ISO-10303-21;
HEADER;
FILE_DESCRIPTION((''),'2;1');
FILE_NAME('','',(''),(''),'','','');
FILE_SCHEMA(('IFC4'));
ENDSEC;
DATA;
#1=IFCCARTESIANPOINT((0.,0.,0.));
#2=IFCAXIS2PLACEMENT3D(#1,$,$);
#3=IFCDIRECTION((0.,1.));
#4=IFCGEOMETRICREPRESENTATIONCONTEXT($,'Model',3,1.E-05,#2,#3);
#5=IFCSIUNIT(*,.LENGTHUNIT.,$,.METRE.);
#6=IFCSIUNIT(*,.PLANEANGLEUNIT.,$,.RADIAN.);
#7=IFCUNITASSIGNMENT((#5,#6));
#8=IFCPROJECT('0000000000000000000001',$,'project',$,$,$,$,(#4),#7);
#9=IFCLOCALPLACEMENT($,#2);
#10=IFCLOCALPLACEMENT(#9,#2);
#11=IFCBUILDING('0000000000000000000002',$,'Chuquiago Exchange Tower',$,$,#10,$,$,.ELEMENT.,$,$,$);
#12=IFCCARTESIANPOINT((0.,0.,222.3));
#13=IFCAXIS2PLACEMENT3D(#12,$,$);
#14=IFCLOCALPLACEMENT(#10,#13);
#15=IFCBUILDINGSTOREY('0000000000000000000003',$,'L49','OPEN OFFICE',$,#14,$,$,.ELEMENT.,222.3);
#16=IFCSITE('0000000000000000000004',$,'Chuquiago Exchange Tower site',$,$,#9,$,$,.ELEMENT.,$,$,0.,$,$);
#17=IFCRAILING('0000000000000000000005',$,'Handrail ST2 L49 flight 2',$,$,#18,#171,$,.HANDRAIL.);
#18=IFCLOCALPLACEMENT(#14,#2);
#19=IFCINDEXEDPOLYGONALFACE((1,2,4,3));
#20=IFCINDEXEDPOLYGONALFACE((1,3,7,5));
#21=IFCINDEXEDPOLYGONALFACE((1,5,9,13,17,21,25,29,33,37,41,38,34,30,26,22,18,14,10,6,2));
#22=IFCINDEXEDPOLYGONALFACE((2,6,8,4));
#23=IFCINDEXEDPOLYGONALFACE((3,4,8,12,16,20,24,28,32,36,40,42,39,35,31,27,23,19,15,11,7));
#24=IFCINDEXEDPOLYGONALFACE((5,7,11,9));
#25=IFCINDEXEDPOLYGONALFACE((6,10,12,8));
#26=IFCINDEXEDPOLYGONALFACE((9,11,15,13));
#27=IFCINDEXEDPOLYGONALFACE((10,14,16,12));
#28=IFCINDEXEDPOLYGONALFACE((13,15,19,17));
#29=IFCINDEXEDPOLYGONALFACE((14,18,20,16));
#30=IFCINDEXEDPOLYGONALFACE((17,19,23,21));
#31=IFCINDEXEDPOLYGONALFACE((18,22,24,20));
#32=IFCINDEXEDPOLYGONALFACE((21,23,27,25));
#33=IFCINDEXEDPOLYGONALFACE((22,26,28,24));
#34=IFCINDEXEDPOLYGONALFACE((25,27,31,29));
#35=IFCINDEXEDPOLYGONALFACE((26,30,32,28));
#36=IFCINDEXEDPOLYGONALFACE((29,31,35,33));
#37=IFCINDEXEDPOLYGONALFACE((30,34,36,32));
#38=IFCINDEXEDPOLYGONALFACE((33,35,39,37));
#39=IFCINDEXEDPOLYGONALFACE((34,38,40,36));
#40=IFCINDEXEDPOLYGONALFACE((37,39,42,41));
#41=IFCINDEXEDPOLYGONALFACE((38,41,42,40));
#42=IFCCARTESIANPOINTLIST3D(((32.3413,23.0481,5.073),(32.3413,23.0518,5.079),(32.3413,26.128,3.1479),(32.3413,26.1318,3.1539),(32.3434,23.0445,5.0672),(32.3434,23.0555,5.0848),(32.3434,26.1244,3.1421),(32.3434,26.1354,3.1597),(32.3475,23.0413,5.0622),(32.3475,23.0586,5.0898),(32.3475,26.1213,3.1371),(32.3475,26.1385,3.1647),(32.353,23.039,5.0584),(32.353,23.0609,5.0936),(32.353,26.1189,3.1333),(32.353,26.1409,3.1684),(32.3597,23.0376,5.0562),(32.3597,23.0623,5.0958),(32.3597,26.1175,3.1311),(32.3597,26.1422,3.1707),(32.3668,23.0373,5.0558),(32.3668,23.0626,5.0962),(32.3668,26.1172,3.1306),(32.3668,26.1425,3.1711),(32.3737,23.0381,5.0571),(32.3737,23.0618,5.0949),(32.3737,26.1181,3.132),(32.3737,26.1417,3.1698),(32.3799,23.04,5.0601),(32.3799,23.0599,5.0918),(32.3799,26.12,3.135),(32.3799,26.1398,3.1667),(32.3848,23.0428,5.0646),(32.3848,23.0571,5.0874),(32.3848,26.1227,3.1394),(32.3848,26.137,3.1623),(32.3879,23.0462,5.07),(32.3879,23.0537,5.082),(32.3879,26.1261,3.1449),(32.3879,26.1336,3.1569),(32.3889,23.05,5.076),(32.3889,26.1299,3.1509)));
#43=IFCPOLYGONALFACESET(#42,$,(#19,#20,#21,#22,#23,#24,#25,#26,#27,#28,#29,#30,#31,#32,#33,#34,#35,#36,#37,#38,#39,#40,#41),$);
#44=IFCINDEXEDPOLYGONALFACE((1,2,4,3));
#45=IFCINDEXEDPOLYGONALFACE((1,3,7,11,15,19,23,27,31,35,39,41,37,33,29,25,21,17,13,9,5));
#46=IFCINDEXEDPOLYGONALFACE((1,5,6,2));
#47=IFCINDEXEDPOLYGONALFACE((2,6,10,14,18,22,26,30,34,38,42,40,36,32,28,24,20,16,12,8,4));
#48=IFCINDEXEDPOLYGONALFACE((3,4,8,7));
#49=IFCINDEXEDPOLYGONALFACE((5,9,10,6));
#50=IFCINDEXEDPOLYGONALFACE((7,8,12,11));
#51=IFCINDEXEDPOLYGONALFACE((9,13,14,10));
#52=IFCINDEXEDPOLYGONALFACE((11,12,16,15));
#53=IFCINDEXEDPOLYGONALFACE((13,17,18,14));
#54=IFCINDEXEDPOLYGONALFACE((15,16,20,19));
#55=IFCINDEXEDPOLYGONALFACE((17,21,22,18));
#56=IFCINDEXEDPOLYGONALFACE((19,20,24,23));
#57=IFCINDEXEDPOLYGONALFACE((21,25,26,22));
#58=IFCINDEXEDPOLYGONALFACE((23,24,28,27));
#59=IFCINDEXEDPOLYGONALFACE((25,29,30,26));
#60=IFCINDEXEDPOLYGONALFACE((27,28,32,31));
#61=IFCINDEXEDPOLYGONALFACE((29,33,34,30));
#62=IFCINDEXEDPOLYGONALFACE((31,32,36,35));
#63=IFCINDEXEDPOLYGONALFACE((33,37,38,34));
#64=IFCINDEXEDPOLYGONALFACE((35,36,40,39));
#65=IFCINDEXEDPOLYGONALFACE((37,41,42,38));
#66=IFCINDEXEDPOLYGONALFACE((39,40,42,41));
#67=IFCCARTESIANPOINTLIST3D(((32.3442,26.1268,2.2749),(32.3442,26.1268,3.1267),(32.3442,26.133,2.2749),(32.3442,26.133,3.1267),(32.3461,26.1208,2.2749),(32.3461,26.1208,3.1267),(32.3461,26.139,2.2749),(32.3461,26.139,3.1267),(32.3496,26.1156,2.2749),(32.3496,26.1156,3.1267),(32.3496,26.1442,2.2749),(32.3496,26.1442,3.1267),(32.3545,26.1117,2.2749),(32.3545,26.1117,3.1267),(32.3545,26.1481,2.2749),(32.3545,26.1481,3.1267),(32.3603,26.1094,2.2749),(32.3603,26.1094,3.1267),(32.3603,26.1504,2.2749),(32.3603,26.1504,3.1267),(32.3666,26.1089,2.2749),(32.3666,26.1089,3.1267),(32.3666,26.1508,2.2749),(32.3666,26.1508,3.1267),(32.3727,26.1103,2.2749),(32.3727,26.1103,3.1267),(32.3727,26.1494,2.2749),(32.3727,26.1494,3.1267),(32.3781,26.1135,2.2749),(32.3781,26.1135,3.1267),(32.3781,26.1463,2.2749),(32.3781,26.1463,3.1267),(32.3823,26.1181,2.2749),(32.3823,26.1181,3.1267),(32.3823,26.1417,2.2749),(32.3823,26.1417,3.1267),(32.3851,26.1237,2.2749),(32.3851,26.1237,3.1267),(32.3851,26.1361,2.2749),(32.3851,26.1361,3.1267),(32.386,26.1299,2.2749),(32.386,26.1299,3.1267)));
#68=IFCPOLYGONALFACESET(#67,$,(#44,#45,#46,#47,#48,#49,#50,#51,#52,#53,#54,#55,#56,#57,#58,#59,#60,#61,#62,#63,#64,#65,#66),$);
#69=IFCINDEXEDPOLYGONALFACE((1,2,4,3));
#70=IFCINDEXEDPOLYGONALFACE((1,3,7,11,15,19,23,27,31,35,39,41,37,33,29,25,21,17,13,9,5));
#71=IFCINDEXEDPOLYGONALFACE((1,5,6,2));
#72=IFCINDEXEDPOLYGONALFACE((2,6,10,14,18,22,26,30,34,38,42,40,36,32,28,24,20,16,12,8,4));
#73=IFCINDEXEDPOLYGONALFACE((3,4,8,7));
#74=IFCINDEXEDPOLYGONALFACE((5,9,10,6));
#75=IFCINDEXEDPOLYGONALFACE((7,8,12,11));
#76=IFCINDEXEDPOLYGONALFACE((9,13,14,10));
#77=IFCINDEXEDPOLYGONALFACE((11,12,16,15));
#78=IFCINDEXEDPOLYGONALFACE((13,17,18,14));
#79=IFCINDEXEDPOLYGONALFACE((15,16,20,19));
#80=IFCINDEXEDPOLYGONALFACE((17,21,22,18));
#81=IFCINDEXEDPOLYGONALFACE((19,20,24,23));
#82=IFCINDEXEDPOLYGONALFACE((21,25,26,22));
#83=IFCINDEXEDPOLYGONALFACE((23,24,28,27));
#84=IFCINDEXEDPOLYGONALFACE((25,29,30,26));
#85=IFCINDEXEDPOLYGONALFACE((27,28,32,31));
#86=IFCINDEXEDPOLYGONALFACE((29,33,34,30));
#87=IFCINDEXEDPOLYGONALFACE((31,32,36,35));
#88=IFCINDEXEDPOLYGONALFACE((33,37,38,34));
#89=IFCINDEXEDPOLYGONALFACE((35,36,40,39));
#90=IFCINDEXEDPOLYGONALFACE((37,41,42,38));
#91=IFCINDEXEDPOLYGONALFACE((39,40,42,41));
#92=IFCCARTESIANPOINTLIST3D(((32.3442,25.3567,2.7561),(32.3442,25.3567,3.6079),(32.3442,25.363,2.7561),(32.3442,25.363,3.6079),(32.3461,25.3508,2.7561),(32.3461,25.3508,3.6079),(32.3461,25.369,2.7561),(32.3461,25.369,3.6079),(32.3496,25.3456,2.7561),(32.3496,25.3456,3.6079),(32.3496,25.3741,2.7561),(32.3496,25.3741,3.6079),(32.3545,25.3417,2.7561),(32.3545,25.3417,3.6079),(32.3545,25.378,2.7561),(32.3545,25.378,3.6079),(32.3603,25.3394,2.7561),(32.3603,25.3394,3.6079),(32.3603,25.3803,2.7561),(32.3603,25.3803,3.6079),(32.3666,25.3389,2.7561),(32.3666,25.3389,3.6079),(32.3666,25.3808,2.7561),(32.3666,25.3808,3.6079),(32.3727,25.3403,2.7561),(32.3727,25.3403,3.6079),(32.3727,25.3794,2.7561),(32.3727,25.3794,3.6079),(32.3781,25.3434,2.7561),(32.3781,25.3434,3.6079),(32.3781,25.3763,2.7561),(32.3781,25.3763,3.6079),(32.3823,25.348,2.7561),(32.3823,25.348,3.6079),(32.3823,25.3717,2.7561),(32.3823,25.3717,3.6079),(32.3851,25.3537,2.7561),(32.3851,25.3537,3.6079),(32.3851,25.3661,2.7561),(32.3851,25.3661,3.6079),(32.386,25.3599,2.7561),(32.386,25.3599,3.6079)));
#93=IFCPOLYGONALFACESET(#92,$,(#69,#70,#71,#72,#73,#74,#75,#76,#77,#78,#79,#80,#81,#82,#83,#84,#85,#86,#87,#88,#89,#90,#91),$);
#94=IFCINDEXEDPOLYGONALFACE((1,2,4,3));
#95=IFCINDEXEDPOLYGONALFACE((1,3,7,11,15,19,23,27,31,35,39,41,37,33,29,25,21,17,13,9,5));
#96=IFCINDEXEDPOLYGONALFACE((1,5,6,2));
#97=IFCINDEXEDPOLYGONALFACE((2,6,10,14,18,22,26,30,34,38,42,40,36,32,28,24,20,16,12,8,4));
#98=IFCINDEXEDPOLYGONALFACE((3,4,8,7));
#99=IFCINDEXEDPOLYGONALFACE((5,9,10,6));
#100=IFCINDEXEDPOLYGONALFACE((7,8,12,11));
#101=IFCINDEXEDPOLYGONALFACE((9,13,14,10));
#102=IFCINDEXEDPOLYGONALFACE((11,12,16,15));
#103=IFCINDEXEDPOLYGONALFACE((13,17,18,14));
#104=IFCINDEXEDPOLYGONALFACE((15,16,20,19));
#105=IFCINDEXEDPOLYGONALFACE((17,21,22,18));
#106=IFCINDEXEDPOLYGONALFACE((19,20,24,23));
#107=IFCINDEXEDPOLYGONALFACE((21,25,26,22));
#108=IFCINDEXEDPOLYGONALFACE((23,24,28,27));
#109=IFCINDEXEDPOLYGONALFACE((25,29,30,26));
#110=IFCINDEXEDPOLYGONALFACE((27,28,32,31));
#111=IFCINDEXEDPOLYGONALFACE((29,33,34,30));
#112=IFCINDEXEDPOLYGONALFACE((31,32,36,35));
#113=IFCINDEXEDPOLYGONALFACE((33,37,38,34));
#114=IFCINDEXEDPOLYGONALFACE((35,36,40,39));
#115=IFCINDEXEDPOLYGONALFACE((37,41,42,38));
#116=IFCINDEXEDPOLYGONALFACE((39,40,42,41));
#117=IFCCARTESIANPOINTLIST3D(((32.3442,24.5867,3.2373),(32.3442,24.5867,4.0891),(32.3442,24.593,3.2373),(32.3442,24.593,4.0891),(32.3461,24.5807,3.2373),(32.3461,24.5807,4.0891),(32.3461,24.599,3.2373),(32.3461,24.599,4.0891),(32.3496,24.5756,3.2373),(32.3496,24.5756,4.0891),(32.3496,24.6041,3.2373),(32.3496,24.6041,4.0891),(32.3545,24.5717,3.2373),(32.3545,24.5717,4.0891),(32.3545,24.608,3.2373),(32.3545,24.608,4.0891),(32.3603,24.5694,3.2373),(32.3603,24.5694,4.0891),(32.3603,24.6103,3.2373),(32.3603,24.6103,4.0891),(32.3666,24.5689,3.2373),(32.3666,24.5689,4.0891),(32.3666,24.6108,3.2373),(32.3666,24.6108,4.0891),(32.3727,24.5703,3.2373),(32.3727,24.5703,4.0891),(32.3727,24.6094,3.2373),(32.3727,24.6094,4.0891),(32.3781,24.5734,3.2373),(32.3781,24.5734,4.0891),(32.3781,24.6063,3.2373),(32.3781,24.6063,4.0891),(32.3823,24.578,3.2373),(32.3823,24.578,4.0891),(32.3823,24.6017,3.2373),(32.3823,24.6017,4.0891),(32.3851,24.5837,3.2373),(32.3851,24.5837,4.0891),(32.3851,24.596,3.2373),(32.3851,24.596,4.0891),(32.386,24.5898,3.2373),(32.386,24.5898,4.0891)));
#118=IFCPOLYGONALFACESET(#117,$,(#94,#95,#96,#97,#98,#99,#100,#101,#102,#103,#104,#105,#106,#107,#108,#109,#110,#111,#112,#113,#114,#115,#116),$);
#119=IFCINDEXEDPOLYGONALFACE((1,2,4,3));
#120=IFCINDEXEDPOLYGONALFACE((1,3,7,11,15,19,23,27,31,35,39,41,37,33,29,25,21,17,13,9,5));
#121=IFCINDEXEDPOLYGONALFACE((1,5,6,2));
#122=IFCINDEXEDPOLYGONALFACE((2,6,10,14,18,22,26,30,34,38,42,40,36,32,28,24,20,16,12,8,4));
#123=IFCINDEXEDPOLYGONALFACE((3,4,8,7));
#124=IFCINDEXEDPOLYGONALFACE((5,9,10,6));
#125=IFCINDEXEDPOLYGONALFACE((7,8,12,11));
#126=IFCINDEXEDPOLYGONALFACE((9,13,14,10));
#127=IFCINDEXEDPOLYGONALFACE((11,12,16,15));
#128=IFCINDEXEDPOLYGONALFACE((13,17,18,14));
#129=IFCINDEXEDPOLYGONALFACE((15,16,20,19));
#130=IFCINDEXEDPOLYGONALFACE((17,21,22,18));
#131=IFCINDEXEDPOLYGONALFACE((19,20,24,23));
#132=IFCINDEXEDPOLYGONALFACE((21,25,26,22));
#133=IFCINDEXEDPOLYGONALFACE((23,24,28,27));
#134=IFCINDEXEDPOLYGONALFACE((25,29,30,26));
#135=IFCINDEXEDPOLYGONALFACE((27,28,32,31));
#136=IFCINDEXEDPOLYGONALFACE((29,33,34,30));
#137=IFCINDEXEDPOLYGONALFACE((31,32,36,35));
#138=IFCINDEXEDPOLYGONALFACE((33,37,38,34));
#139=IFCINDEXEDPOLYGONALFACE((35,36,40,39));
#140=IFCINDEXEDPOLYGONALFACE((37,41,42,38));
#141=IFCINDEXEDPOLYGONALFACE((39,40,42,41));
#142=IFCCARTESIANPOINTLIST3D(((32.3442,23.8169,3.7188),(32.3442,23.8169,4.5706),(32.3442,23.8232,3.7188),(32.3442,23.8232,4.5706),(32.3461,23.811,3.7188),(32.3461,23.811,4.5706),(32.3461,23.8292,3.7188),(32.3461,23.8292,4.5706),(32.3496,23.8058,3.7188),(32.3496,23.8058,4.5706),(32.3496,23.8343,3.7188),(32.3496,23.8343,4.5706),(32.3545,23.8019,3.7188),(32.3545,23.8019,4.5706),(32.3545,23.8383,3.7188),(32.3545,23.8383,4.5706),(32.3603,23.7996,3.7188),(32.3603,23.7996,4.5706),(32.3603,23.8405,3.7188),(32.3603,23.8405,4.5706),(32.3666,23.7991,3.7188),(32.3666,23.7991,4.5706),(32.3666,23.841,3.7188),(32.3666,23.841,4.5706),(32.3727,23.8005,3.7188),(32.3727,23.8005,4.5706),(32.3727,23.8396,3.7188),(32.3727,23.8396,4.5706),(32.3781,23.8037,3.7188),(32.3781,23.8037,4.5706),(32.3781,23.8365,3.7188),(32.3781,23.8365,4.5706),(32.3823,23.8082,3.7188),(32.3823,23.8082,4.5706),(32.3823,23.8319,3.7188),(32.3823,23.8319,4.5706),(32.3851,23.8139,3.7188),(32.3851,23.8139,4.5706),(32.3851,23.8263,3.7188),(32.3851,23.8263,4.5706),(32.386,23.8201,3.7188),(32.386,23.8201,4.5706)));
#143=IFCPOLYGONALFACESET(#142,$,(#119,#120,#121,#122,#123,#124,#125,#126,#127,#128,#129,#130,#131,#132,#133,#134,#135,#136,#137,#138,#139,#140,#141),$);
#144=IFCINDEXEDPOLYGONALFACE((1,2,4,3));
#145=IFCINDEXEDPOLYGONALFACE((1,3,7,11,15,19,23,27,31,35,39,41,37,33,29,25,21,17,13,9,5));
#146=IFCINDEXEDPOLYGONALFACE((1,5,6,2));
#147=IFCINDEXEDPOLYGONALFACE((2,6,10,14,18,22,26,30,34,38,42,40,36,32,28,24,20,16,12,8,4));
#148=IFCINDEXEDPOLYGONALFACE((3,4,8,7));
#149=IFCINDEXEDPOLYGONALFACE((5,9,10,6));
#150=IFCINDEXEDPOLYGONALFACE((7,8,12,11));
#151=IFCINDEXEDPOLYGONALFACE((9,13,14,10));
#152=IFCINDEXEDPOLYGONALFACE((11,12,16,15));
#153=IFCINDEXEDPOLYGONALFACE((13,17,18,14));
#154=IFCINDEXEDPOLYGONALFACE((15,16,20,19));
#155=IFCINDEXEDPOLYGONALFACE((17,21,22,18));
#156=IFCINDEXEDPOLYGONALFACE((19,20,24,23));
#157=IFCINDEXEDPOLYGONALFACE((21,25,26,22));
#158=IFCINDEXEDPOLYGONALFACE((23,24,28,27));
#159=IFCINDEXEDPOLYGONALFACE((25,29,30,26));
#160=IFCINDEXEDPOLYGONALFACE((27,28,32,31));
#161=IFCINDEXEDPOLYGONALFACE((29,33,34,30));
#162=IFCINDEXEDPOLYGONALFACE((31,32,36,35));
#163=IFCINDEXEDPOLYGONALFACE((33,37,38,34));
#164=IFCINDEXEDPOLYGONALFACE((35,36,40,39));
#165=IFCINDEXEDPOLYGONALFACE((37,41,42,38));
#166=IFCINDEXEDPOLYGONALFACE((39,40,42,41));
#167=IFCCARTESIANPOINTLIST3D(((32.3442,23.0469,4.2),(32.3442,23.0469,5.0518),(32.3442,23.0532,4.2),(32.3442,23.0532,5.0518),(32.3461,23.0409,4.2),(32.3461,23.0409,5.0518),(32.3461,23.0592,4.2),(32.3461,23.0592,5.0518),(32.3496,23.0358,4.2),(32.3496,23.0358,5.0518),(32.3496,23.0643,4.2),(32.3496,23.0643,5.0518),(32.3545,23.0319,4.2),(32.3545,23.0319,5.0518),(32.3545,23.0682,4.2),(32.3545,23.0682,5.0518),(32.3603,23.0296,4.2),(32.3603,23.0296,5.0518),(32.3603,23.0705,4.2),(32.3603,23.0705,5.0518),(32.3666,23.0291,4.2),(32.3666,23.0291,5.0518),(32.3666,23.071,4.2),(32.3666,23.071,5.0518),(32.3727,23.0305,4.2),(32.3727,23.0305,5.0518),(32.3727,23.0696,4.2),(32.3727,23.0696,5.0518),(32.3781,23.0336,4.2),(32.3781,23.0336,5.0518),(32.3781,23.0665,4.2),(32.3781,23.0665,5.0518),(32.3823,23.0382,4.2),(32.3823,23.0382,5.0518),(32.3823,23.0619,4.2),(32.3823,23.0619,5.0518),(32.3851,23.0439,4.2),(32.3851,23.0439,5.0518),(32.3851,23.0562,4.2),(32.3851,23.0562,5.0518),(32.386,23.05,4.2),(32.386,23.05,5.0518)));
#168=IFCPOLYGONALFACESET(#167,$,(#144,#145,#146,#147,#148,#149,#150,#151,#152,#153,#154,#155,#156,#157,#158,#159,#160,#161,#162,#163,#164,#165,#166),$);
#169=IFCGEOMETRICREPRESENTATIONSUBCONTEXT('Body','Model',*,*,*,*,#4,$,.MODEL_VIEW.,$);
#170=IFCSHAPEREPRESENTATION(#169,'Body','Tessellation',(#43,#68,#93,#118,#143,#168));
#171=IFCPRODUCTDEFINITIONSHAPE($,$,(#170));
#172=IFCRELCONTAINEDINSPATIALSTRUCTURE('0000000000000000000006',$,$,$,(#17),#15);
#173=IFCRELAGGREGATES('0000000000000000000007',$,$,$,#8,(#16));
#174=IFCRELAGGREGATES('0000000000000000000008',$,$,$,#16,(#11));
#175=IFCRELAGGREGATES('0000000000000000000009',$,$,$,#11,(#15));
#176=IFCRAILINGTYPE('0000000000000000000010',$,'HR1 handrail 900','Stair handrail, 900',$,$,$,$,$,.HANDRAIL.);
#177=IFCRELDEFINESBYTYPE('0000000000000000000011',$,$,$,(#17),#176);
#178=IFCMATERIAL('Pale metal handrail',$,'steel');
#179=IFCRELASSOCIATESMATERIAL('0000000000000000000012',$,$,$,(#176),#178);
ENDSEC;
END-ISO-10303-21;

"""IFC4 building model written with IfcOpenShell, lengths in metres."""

from ifc_helpers import new_model, si_unit, direction, frame, origin, origin_2d, place, context, subcontext, project, spatial, circle, extrude, material, type_object, element, save


model = new_model("IFC4")

# Units and contexts
model_context = context("Model", 3, precision=1e-05, world=origin(), true_north=direction((0.0, 1.0)))
body_context = subcontext(model_context, "Body", "Model", "MODEL_VIEW")
ifc_project = project(units=[si_unit("LENGTHUNIT", "METRE"), si_unit("PLANEANGLEUNIT", "RADIAN")], contexts=[model_context])

# Site, building, storey
site_placement = place(None, origin())
site = spatial("IfcSite", under=ifc_project, at=site_placement, Name="Chuquiago Exchange Tower site", CompositionType="ELEMENT", RefElevation=0.0)
building_placement = place(site_placement, origin())
building = spatial("IfcBuilding", under=site, at=building_placement, Name="Chuquiago Exchange Tower", CompositionType="ELEMENT")
storey_placement = place(building_placement, frame((0.0, 0.0, 222.3)))
storey = spatial("IfcBuildingStorey", under=building, at=storey_placement, Name="L49", Description="OPEN OFFICE", CompositionType="ELEMENT", Elevation=222.3)

# Railing
ifc_material_1 = material(Name="Pale metal handrail", Category="steel")
railing_type_1 = type_object("IfcRailingType", Name="HR1 handrail 900", Description="Stair handrail, 900", PredefinedType="HANDRAIL", material=ifc_material_1)
railing_1_placement = place(storey_placement, frame((32.365, 26.1299, 2.2749)))
element("IfcRailing", 1, at=railing_1_placement, inside=storey, type_object=railing_type_1, Name="Handrail ST2 L49 flight 2", PredefinedType="HANDRAIL", context=body_context, shape_type="SweptSolid", body=[
    extrude(circle(Radius=0.0239, at=origin_2d()), frame((0.0, 0.0, 0.876), z_axis=(0.0, -0.847979, 0.530029), x_axis=(1.0, 0.0, 0.0)), (0.0, 0.0, 1.0), 3.6321),
    extrude(circle(Radius=0.021, at=origin_2d()), origin(), (0.0, 0.0, 1.0), 0.8518),
    extrude(circle(Radius=0.021, at=origin_2d()), frame((0.0, -0.77, 0.4812)), (0.0, 0.0, 1.0), 0.8518),
    extrude(circle(Radius=0.021, at=origin_2d()), frame((0.0, -1.54, 0.9624)), (0.0, 0.0, 1.0), 0.8518),
    extrude(circle(Radius=0.021, at=origin_2d()), frame((0.0, -2.3098, 1.4438)), (0.0, 0.0, 1.0), 0.8518),
    extrude(circle(Radius=0.021, at=origin_2d()), frame((0.0, -3.0798, 1.925)), (0.0, 0.0, 1.0), 0.8518),
])

save(model, "model.ifc")
